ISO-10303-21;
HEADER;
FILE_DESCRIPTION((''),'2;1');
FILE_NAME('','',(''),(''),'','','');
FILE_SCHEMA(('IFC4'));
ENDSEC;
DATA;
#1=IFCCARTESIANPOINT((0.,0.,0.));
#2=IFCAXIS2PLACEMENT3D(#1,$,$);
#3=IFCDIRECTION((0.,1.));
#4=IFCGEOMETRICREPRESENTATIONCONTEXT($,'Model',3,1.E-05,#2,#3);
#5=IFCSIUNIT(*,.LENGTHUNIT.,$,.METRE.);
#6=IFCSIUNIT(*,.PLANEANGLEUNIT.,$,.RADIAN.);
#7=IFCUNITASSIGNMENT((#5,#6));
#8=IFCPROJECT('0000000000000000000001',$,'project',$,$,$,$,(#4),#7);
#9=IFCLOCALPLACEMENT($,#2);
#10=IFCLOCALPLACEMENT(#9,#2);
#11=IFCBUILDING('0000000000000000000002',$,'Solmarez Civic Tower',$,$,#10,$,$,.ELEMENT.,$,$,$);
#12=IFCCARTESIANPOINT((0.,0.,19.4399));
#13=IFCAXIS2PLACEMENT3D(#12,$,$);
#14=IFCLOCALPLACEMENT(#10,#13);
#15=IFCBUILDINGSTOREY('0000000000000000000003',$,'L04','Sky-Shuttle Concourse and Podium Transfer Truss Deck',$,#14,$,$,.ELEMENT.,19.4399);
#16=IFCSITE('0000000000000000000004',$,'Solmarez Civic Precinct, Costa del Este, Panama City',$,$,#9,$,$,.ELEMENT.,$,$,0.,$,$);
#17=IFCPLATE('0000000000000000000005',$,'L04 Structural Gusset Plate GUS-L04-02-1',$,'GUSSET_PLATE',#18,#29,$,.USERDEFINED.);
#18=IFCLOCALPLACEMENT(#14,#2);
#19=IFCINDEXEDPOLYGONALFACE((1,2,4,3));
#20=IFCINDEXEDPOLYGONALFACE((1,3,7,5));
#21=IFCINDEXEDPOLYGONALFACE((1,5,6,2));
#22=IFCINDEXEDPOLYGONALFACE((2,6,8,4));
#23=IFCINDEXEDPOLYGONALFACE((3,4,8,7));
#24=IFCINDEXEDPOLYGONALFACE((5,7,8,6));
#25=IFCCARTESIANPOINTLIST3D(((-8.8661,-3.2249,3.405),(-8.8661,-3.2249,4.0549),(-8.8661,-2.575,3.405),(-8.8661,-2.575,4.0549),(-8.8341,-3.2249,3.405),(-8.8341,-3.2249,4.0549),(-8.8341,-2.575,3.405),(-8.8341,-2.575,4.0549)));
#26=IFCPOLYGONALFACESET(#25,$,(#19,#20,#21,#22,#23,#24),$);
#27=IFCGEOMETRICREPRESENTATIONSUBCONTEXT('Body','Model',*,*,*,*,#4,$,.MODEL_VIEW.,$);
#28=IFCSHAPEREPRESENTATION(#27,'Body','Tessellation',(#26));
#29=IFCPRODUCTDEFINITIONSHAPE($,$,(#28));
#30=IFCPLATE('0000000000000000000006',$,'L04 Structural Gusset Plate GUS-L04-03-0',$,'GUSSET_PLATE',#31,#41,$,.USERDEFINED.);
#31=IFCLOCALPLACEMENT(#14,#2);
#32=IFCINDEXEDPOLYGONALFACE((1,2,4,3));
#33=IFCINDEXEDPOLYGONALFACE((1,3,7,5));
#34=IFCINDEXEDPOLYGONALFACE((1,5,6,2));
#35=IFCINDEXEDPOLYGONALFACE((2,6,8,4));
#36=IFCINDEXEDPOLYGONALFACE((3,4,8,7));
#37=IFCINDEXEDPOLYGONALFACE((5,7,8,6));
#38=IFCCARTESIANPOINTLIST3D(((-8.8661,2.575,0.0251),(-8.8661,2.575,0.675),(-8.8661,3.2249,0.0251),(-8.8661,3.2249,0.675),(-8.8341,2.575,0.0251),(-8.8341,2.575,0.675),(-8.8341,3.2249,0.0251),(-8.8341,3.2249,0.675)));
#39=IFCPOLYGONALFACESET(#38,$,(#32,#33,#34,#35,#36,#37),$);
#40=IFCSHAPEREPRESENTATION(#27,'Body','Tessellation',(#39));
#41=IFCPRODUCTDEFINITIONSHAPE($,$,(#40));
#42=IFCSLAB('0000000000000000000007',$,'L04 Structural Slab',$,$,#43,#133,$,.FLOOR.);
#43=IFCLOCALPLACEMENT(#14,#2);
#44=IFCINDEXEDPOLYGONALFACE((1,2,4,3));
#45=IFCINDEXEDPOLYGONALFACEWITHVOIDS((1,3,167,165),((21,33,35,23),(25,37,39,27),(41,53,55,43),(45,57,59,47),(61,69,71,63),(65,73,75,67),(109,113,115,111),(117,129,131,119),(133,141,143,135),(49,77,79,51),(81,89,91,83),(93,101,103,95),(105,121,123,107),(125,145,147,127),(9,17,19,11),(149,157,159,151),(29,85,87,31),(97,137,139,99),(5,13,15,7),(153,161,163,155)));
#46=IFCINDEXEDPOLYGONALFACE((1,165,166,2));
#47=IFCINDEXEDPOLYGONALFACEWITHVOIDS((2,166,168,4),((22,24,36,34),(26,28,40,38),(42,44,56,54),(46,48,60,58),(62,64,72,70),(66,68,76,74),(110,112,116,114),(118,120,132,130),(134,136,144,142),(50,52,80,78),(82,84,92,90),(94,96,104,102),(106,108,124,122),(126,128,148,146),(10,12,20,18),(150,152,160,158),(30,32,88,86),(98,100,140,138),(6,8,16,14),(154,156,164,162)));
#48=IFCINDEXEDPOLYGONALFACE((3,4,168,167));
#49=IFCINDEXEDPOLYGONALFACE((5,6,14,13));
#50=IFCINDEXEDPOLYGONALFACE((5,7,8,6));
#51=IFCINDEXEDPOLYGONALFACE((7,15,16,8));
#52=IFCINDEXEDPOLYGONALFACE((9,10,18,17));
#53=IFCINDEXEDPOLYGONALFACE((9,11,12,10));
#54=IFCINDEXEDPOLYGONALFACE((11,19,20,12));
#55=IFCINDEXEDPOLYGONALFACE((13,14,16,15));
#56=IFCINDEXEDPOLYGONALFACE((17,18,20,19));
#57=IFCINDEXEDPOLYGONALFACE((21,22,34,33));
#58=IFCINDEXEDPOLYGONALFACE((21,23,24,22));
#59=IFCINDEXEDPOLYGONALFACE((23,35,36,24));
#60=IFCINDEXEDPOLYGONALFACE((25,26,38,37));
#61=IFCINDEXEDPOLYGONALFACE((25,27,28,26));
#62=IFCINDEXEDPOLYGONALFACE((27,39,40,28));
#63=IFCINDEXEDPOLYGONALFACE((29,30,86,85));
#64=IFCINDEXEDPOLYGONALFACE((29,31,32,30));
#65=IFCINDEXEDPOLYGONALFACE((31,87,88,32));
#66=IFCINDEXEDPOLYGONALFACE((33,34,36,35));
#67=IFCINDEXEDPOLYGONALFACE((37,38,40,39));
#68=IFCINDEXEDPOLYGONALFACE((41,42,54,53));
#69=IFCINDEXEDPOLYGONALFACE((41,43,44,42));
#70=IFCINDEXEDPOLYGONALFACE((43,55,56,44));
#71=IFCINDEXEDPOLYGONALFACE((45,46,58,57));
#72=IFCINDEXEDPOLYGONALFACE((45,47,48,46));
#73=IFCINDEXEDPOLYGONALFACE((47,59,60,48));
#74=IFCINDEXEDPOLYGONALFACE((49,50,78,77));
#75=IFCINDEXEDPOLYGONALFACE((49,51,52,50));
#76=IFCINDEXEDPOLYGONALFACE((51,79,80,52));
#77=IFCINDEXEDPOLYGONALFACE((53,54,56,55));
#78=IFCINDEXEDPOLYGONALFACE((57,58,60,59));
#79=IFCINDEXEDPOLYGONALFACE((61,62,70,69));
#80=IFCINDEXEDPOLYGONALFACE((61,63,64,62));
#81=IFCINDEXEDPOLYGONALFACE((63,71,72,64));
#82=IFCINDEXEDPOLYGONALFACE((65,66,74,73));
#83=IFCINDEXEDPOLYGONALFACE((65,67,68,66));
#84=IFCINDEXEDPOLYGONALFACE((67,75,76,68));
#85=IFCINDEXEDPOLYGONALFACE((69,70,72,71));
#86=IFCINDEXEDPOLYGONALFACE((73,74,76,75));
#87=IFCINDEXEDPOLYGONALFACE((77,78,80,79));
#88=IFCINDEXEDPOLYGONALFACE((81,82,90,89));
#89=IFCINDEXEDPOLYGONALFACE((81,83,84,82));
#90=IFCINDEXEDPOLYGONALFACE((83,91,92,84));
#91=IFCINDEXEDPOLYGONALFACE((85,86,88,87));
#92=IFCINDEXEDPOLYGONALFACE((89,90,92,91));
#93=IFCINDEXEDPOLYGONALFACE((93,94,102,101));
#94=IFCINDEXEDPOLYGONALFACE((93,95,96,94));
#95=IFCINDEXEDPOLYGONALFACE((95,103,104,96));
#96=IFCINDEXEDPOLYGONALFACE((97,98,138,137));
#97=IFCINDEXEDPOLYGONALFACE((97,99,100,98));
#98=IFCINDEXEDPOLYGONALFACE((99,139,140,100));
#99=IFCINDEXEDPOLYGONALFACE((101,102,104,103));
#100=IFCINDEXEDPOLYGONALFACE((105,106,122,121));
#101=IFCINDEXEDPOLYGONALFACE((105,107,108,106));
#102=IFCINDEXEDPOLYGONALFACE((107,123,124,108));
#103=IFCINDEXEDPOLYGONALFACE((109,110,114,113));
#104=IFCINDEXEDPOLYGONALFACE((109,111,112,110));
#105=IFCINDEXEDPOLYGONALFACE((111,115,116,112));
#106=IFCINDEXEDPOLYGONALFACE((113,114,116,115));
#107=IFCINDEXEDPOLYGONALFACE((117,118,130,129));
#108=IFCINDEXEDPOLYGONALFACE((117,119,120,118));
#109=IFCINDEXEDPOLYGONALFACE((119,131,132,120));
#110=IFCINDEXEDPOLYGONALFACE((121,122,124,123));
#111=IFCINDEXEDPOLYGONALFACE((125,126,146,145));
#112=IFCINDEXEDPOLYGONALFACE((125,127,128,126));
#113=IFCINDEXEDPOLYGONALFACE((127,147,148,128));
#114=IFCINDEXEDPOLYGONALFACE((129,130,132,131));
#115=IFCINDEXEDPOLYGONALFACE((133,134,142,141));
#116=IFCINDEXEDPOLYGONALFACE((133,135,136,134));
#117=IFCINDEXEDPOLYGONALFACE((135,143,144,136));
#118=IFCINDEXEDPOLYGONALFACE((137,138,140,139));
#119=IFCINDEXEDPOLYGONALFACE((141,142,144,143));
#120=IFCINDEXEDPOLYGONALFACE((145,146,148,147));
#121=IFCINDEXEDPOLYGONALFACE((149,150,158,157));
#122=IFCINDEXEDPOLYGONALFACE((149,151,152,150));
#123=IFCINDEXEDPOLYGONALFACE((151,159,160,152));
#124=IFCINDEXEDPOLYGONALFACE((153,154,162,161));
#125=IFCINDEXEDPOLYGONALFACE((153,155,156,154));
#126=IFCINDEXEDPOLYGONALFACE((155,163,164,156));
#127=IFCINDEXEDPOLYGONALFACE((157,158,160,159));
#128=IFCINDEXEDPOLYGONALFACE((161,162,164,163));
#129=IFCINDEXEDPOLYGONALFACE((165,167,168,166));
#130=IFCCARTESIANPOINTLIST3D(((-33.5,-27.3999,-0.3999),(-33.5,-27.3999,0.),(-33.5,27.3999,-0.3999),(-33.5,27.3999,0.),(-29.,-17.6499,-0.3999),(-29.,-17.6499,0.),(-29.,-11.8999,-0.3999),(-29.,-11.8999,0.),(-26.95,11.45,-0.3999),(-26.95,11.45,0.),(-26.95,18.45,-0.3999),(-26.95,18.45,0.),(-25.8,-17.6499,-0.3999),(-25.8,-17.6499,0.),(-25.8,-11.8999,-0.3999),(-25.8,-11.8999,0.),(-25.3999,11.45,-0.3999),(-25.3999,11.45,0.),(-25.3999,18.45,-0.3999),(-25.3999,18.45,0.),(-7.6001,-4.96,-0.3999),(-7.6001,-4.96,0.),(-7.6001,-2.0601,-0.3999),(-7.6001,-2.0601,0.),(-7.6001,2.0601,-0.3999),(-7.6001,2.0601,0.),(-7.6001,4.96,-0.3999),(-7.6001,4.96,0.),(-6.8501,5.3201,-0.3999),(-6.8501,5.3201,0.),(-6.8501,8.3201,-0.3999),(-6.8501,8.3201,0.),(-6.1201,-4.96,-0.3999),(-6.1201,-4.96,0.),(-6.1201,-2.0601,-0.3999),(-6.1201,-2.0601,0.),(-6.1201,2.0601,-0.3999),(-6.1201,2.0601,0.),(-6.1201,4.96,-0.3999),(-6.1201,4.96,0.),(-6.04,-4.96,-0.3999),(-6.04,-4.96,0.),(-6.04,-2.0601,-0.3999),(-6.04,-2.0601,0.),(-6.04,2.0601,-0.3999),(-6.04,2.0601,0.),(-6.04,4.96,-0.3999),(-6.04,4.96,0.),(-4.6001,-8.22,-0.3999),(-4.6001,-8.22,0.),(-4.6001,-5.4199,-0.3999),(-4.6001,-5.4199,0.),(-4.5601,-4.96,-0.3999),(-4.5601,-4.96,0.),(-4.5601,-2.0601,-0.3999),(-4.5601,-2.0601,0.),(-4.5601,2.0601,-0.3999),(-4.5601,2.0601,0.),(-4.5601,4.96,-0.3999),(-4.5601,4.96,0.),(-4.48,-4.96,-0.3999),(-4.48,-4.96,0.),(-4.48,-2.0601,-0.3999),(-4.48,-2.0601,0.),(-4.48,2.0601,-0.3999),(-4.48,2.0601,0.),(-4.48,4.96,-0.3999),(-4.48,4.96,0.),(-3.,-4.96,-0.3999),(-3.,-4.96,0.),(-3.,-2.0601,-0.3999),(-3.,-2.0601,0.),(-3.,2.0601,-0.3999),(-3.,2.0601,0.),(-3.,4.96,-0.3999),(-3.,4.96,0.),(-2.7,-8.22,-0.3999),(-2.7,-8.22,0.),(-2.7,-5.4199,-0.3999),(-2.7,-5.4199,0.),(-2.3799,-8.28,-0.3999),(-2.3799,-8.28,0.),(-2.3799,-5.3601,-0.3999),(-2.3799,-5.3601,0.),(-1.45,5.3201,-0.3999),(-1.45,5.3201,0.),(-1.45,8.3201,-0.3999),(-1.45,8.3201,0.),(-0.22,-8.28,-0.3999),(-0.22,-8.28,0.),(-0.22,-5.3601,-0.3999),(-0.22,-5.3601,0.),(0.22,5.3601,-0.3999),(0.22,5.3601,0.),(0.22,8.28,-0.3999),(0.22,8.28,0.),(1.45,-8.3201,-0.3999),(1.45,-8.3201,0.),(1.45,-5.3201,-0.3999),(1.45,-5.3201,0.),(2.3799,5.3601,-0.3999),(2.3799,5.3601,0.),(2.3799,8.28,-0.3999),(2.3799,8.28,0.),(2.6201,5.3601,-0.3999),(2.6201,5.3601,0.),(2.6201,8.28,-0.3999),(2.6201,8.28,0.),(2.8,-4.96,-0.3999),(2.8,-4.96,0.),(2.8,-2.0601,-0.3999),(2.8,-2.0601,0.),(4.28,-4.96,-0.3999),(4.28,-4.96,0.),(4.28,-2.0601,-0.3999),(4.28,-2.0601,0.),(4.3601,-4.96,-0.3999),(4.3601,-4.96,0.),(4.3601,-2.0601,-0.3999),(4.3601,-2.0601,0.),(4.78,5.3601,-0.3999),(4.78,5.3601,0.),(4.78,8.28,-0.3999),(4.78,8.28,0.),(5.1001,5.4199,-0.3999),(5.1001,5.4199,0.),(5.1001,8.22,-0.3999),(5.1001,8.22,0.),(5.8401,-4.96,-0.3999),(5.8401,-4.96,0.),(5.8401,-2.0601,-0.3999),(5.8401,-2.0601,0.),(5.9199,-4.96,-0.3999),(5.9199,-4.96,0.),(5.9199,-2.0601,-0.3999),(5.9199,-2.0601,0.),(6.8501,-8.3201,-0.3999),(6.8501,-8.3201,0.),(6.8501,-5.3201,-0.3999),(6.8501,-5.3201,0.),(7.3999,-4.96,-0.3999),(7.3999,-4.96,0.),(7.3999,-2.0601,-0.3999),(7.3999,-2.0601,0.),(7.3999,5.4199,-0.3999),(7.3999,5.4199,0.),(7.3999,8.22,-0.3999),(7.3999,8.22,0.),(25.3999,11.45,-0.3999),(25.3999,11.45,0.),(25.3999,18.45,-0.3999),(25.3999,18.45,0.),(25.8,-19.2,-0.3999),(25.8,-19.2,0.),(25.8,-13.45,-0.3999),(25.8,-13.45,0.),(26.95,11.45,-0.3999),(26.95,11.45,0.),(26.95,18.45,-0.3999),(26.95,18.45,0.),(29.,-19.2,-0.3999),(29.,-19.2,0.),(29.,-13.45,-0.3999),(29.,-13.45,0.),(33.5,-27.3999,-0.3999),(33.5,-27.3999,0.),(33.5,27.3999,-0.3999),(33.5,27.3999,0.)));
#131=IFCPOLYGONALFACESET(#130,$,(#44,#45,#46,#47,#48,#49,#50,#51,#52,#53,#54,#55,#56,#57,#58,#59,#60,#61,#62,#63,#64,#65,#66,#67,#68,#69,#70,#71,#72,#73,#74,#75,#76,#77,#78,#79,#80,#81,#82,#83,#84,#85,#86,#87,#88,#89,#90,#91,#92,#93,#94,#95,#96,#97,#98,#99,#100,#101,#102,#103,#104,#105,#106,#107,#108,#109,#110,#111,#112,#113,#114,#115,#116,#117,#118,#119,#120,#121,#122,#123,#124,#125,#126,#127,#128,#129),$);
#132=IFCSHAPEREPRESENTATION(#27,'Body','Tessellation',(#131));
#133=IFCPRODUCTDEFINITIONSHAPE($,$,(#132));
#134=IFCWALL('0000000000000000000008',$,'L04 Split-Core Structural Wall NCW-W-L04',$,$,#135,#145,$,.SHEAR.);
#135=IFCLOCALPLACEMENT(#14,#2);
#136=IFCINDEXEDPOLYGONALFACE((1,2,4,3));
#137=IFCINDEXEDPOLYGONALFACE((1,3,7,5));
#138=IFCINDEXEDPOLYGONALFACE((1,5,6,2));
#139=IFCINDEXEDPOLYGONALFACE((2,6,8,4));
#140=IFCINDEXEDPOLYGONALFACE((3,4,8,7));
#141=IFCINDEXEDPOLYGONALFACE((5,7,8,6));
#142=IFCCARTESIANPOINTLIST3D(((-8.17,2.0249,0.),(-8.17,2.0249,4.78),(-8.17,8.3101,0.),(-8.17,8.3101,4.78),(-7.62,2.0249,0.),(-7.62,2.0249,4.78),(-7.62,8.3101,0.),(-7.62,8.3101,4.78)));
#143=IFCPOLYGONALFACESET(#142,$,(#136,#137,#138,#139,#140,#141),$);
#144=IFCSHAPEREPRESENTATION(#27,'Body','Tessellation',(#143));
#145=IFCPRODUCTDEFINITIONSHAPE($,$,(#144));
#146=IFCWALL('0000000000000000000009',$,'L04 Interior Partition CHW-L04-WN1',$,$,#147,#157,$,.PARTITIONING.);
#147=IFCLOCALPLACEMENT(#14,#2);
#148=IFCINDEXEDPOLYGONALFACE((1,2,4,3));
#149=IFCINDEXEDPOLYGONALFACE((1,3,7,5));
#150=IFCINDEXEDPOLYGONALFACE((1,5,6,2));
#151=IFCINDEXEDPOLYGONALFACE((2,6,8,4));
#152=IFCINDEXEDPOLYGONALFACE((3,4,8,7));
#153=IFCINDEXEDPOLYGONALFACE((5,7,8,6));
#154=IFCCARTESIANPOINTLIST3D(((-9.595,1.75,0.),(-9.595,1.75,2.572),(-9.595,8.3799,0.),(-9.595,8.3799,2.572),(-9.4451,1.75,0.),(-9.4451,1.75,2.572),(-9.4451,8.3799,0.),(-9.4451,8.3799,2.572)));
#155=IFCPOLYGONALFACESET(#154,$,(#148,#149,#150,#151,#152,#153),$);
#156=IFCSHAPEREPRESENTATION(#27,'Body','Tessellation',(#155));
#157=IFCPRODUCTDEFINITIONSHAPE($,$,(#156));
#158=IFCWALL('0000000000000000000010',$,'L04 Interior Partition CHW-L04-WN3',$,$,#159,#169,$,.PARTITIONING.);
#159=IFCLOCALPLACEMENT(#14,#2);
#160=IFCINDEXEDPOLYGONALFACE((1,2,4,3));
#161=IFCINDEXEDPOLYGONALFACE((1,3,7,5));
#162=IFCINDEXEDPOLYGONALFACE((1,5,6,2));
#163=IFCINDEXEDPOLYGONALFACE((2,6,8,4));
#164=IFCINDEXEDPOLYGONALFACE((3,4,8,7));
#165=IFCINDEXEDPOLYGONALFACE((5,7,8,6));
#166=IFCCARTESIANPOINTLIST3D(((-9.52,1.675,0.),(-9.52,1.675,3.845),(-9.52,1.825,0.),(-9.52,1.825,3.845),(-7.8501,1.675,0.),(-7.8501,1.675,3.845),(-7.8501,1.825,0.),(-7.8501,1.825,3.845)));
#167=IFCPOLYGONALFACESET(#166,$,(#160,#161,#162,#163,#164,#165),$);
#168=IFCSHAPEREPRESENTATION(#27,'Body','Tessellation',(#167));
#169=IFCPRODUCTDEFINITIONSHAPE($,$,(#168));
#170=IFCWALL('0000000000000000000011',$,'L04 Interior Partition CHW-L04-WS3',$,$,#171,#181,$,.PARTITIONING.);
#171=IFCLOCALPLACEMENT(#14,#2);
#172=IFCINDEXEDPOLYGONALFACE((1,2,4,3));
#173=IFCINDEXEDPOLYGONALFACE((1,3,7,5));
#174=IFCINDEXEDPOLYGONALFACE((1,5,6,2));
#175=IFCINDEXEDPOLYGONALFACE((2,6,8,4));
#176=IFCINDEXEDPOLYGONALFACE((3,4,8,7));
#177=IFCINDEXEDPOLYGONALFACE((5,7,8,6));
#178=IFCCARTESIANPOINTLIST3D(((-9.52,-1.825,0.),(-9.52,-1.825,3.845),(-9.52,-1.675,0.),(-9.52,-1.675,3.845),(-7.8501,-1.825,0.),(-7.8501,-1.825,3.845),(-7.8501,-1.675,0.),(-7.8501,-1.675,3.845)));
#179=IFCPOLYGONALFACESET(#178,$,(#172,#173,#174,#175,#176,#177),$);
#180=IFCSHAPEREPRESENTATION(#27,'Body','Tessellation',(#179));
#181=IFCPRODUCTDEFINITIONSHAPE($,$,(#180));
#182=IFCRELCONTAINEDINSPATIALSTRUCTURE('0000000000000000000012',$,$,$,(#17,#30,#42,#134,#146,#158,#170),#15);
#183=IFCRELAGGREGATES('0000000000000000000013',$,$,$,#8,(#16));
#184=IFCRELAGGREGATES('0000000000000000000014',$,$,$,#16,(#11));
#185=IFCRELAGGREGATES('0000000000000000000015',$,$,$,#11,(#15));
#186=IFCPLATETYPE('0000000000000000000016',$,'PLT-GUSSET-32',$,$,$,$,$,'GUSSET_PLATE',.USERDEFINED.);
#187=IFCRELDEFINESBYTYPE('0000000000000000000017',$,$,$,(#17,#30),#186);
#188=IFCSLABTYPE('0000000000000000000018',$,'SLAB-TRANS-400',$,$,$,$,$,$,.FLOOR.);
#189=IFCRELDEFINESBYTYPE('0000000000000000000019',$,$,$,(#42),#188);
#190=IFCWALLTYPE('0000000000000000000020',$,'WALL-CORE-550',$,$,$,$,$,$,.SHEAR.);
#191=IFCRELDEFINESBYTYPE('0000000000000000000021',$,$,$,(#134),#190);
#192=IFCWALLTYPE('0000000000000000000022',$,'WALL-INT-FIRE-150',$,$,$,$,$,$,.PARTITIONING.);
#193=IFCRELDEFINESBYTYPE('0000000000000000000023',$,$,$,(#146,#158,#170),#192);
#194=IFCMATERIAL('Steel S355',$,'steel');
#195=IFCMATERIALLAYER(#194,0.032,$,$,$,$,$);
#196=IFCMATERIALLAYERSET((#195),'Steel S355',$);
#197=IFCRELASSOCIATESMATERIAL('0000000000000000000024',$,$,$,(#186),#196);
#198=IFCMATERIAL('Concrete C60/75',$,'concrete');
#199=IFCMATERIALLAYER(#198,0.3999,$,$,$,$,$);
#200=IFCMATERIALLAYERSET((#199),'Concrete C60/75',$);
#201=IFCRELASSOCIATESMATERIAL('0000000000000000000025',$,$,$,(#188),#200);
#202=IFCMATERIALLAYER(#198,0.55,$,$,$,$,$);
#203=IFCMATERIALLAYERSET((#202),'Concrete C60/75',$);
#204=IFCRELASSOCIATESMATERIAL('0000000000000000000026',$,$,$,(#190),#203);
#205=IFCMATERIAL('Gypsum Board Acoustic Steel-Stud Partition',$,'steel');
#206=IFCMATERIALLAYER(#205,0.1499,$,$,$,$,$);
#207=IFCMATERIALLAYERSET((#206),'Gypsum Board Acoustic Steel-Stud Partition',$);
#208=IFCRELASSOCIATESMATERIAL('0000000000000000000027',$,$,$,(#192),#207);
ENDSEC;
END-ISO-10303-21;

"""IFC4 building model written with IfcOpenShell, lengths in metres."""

from ifc_helpers import new_model, si_unit, direction, frame, frame_2d, origin, origin_2d, place, context, subcontext, project, spatial, polyline, rectangle, outline, extrude, material, layer, layer_set, type_object, element, save


model = new_model("IFC4")

# Units and contexts
model_context = context("Model", 3, precision=1e-05, world=origin(), true_north=direction((0.0, 1.0)))
body_context = subcontext(model_context, "Body", "Model", "MODEL_VIEW")
ifc_project = project(units=[si_unit("LENGTHUNIT", "METRE"), si_unit("PLANEANGLEUNIT", "RADIAN")], contexts=[model_context])

# Site, building, storey
site_placement = place(None, origin())
site = spatial("IfcSite", under=ifc_project, at=site_placement, Name="Solmarez Civic Precinct, Costa del Este, Panama City", CompositionType="ELEMENT", RefElevation=0.0)
building_placement = place(site_placement, origin())
building = spatial("IfcBuilding", under=site, at=building_placement, Name="Solmarez Civic Tower", CompositionType="ELEMENT")
storey_placement = place(building_placement, frame((0.0, 0.0, 19.4399)))
storey = spatial("IfcBuildingStorey", under=building, at=storey_placement, Name="L04", Description="Sky-Shuttle Concourse and Podium Transfer Truss Deck", CompositionType="ELEMENT", Elevation=19.4399)

# Shared definitions
ifc_material_1 = material(Name="Concrete C60/75", Category="concrete")

# Shared definitions
ifc_material_2 = material(Name="Steel S355", Category="steel")

# Plates
ifc_layer_1 = layer(ifc_material_2, 0.032)
ifc_layer_set_1 = layer_set([ifc_layer_1], Name="Steel S355")
plate_type_1 = type_object("IfcPlateType", Name="PLT-GUSSET-32", ElementType="GUSSET_PLATE", PredefinedType="USERDEFINED", material=ifc_layer_set_1)
for number, where, z_axis, x_axis, name in (
    (1, (-8.8501, -2.8999, 3.405), (0.0, 0.0, 1.0), (0.0, 1.0, 0.0), "L04 Structural Gusset Plate GUS-L04-02-1"),
    (2, (-8.8501, 2.8999, 0.0251), (0.0, 0.0, 1.0), (0.0, 1.0, 0.0), "L04 Structural Gusset Plate GUS-L04-03-0"),
):
    element("IfcPlate", number, at=place(storey_placement, frame(where, z_axis=z_axis, x_axis=x_axis)), inside=storey, type_object=plate_type_1, Name=name, ObjectType="GUSSET_PLATE", PredefinedType="USERDEFINED", context=body_context, shape_type="SweptSolid", body=[
        extrude(rectangle(XDim=0.6499, YDim=0.032, at=origin_2d()), origin(), (0.0, 0.0, 1.0), 0.6499),
    ])

# Slab
ifc_layer_2 = layer(ifc_material_1, 0.3999)
ifc_layer_set_2 = layer_set([ifc_layer_2], Name="Concrete C60/75")
slab_type = type_object("IfcSlabType", Name="SLAB-TRANS-400", PredefinedType="FLOOR", material=ifc_layer_set_2)
slab_placement = place(storey_placement, frame((0.0, 0.0, -0.3999)))
element("IfcSlab", 3, at=slab_placement, inside=storey, type_object=slab_type, Name="L04 Structural Slab", PredefinedType="FLOOR", context=body_context, shape_type="SweptSolid", body=[
    extrude(outline(polyline([(33.5, -27.3999), (33.5, 27.3999), (-33.5, 27.3999), (-33.5, -27.3999), (33.5, -27.3999)]), holes=[polyline([(-1.45, 8.3201), (-6.8501, 8.3201), (-6.8501, 5.3201), (-1.45, 5.3201), (-1.45, 8.3201)]), polyline([(1.45, -8.3201), (6.8501, -8.3201), (6.8501, -5.3201), (1.45, -5.3201), (1.45, -8.3201)]), polyline([(-25.8, -17.6499), (-25.8, -11.8999), (-29.0, -11.8999), (-29.0, -17.6499), (-25.8, -17.6499)]), polyline([(25.8, -13.45), (25.8, -19.2), (29.0, -19.2), (29.0, -13.45), (25.8, -13.45)]), polyline([(0.22, 5.3601), (2.3799, 5.3601), (2.3799, 8.28), (0.22, 8.28), (0.22, 5.3601)]), polyline([(2.6201, 5.3601), (4.78, 5.3601), (4.78, 8.28), (2.6201, 8.28), (2.6201, 5.3601)]), polyline([(-2.3799, -8.28), (-0.22, -8.28), (-0.22, -5.3601), (-2.3799, -5.3601), (-2.3799, -8.28)]), polyline([(2.8, -4.96), (4.28, -4.96), (4.28, -2.0601), (2.8, -2.0601), (2.8, -4.96)]), polyline([(4.3601, -4.96), (5.8401, -4.96), (5.8401, -2.0601), (4.3601, -2.0601), (4.3601, -4.96)]), polyline([(5.9199, -4.96), (7.3999, -4.96), (7.3999, -2.0601), (5.9199, -2.0601), (5.9199, -4.96)]), polyline([(-7.6001, -4.96), (-6.1201, -4.96), (-6.1201, -2.0601), (-7.6001, -2.0601), (-7.6001, -4.96)]), polyline([(-6.04, -4.96), (-4.5601, -4.96), (-4.5601, -2.0601), (-6.04, -2.0601), (-6.04, -4.96)]), polyline([(-4.48, -4.96), (-3.0, -4.96), (-3.0, -2.0601), (-4.48, -2.0601), (-4.48, -4.96)]), polyline([(-7.6001, 2.0601), (-6.1201, 2.0601), (-6.1201, 4.96), (-7.6001, 4.96), (-7.6001, 2.0601)]), polyline([(-6.04, 2.0601), (-4.5601, 2.0601), (-4.5601, 4.96), (-6.04, 4.96), (-6.04, 2.0601)]), polyline([(-4.48, 2.0601), (-3.0, 2.0601), (-3.0, 4.96), (-4.48, 4.96), (-4.48, 2.0601)]), polyline([(5.1001, 5.4199), (7.3999, 5.4199), (7.3999, 8.22), (5.1001, 8.22), (5.1001, 5.4199)]), polyline([(-4.6001, -8.22), (-2.7, -8.22), (-2.7, -5.4199), (-4.6001, -5.4199), (-4.6001, -8.22)]), polyline([(-26.95, 11.45), (-25.3999, 11.45), (-25.3999, 18.45), (-26.95, 18.45), (-26.95, 11.45)]), polyline([(25.3999, 11.45), (26.95, 11.45), (26.95, 18.45), (25.3999, 18.45), (25.3999, 11.45)])]), origin(), (0.0, 0.0, 1.0), 0.3999),
])

# Wall
ifc_layer_3 = layer(ifc_material_1, 0.55)
ifc_layer_set_3 = layer_set([ifc_layer_3], Name="Concrete C60/75")
wall_type_1 = type_object("IfcWallType", Name="WALL-CORE-550", PredefinedType="SHEAR", material=ifc_layer_set_3)
wall_1_placement = place(storey_placement, frame((-7.895, 2.0249, 0.0), z_axis=(0.0, 0.0, 1.0), x_axis=(0.0, 1.0, 0.0)))
element("IfcWall", 4, at=wall_1_placement, inside=storey, type_object=wall_type_1, Name="L04 Split-Core Structural Wall NCW-W-L04", PredefinedType="SHEAR", context=body_context, shape_type="SweptSolid", body=[
    extrude(rectangle(XDim=6.2852, YDim=0.55, at=frame_2d((3.1426, 0.0))), origin(), (0.0, 0.0, 1.0), 4.78),
])

# Walls
ifc_material_3 = material(Name="Gypsum Board Acoustic Steel-Stud Partition", Category="steel")
ifc_layer_4 = layer(ifc_material_3, 0.1499)
ifc_layer_set_4 = layer_set([ifc_layer_4], Name="Gypsum Board Acoustic Steel-Stud Partition")
wall_type_2 = type_object("IfcWallType", Name="WALL-INT-FIRE-150", PredefinedType="PARTITIONING", material=ifc_layer_set_4)
wall_2_placement = place(storey_placement, frame((-9.52, 1.75, 0.0), z_axis=(0.0, 0.0, 1.0), x_axis=(0.0, 1.0, 0.0)))
element("IfcWall", 5, at=wall_2_placement, inside=storey, type_object=wall_type_2, Name="L04 Interior Partition CHW-L04-WN1", PredefinedType="PARTITIONING", context=body_context, shape_type="SweptSolid", body=[
    extrude(rectangle(XDim=6.6299, YDim=0.1499, at=frame_2d((3.3149, 0.0))), origin(), (0.0, 0.0, 1.0), 2.572),
])
for number, where, z_axis, x_axis, name in (
    (6, (-7.8501, 1.75, 0.0), (0.0, 0.0, 1.0), (-1.0, 0.0, 0.0), "L04 Interior Partition CHW-L04-WN3"),
    (7, (-7.8501, -1.75, 0.0), (0.0, 0.0, 1.0), (-1.0, 0.0, 0.0), "L04 Interior Partition CHW-L04-WS3"),
):
    element("IfcWall", number, at=place(storey_placement, frame(where, z_axis=z_axis, x_axis=x_axis)), inside=storey, type_object=wall_type_2, Name=name, PredefinedType="PARTITIONING", context=body_context, shape_type="SweptSolid", body=[
        extrude(rectangle(XDim=1.6699, YDim=0.1499, at=frame_2d((0.835, 0.0))), origin(), (0.0, 0.0, 1.0), 3.845),
    ])

save(model, "model.ifc")
